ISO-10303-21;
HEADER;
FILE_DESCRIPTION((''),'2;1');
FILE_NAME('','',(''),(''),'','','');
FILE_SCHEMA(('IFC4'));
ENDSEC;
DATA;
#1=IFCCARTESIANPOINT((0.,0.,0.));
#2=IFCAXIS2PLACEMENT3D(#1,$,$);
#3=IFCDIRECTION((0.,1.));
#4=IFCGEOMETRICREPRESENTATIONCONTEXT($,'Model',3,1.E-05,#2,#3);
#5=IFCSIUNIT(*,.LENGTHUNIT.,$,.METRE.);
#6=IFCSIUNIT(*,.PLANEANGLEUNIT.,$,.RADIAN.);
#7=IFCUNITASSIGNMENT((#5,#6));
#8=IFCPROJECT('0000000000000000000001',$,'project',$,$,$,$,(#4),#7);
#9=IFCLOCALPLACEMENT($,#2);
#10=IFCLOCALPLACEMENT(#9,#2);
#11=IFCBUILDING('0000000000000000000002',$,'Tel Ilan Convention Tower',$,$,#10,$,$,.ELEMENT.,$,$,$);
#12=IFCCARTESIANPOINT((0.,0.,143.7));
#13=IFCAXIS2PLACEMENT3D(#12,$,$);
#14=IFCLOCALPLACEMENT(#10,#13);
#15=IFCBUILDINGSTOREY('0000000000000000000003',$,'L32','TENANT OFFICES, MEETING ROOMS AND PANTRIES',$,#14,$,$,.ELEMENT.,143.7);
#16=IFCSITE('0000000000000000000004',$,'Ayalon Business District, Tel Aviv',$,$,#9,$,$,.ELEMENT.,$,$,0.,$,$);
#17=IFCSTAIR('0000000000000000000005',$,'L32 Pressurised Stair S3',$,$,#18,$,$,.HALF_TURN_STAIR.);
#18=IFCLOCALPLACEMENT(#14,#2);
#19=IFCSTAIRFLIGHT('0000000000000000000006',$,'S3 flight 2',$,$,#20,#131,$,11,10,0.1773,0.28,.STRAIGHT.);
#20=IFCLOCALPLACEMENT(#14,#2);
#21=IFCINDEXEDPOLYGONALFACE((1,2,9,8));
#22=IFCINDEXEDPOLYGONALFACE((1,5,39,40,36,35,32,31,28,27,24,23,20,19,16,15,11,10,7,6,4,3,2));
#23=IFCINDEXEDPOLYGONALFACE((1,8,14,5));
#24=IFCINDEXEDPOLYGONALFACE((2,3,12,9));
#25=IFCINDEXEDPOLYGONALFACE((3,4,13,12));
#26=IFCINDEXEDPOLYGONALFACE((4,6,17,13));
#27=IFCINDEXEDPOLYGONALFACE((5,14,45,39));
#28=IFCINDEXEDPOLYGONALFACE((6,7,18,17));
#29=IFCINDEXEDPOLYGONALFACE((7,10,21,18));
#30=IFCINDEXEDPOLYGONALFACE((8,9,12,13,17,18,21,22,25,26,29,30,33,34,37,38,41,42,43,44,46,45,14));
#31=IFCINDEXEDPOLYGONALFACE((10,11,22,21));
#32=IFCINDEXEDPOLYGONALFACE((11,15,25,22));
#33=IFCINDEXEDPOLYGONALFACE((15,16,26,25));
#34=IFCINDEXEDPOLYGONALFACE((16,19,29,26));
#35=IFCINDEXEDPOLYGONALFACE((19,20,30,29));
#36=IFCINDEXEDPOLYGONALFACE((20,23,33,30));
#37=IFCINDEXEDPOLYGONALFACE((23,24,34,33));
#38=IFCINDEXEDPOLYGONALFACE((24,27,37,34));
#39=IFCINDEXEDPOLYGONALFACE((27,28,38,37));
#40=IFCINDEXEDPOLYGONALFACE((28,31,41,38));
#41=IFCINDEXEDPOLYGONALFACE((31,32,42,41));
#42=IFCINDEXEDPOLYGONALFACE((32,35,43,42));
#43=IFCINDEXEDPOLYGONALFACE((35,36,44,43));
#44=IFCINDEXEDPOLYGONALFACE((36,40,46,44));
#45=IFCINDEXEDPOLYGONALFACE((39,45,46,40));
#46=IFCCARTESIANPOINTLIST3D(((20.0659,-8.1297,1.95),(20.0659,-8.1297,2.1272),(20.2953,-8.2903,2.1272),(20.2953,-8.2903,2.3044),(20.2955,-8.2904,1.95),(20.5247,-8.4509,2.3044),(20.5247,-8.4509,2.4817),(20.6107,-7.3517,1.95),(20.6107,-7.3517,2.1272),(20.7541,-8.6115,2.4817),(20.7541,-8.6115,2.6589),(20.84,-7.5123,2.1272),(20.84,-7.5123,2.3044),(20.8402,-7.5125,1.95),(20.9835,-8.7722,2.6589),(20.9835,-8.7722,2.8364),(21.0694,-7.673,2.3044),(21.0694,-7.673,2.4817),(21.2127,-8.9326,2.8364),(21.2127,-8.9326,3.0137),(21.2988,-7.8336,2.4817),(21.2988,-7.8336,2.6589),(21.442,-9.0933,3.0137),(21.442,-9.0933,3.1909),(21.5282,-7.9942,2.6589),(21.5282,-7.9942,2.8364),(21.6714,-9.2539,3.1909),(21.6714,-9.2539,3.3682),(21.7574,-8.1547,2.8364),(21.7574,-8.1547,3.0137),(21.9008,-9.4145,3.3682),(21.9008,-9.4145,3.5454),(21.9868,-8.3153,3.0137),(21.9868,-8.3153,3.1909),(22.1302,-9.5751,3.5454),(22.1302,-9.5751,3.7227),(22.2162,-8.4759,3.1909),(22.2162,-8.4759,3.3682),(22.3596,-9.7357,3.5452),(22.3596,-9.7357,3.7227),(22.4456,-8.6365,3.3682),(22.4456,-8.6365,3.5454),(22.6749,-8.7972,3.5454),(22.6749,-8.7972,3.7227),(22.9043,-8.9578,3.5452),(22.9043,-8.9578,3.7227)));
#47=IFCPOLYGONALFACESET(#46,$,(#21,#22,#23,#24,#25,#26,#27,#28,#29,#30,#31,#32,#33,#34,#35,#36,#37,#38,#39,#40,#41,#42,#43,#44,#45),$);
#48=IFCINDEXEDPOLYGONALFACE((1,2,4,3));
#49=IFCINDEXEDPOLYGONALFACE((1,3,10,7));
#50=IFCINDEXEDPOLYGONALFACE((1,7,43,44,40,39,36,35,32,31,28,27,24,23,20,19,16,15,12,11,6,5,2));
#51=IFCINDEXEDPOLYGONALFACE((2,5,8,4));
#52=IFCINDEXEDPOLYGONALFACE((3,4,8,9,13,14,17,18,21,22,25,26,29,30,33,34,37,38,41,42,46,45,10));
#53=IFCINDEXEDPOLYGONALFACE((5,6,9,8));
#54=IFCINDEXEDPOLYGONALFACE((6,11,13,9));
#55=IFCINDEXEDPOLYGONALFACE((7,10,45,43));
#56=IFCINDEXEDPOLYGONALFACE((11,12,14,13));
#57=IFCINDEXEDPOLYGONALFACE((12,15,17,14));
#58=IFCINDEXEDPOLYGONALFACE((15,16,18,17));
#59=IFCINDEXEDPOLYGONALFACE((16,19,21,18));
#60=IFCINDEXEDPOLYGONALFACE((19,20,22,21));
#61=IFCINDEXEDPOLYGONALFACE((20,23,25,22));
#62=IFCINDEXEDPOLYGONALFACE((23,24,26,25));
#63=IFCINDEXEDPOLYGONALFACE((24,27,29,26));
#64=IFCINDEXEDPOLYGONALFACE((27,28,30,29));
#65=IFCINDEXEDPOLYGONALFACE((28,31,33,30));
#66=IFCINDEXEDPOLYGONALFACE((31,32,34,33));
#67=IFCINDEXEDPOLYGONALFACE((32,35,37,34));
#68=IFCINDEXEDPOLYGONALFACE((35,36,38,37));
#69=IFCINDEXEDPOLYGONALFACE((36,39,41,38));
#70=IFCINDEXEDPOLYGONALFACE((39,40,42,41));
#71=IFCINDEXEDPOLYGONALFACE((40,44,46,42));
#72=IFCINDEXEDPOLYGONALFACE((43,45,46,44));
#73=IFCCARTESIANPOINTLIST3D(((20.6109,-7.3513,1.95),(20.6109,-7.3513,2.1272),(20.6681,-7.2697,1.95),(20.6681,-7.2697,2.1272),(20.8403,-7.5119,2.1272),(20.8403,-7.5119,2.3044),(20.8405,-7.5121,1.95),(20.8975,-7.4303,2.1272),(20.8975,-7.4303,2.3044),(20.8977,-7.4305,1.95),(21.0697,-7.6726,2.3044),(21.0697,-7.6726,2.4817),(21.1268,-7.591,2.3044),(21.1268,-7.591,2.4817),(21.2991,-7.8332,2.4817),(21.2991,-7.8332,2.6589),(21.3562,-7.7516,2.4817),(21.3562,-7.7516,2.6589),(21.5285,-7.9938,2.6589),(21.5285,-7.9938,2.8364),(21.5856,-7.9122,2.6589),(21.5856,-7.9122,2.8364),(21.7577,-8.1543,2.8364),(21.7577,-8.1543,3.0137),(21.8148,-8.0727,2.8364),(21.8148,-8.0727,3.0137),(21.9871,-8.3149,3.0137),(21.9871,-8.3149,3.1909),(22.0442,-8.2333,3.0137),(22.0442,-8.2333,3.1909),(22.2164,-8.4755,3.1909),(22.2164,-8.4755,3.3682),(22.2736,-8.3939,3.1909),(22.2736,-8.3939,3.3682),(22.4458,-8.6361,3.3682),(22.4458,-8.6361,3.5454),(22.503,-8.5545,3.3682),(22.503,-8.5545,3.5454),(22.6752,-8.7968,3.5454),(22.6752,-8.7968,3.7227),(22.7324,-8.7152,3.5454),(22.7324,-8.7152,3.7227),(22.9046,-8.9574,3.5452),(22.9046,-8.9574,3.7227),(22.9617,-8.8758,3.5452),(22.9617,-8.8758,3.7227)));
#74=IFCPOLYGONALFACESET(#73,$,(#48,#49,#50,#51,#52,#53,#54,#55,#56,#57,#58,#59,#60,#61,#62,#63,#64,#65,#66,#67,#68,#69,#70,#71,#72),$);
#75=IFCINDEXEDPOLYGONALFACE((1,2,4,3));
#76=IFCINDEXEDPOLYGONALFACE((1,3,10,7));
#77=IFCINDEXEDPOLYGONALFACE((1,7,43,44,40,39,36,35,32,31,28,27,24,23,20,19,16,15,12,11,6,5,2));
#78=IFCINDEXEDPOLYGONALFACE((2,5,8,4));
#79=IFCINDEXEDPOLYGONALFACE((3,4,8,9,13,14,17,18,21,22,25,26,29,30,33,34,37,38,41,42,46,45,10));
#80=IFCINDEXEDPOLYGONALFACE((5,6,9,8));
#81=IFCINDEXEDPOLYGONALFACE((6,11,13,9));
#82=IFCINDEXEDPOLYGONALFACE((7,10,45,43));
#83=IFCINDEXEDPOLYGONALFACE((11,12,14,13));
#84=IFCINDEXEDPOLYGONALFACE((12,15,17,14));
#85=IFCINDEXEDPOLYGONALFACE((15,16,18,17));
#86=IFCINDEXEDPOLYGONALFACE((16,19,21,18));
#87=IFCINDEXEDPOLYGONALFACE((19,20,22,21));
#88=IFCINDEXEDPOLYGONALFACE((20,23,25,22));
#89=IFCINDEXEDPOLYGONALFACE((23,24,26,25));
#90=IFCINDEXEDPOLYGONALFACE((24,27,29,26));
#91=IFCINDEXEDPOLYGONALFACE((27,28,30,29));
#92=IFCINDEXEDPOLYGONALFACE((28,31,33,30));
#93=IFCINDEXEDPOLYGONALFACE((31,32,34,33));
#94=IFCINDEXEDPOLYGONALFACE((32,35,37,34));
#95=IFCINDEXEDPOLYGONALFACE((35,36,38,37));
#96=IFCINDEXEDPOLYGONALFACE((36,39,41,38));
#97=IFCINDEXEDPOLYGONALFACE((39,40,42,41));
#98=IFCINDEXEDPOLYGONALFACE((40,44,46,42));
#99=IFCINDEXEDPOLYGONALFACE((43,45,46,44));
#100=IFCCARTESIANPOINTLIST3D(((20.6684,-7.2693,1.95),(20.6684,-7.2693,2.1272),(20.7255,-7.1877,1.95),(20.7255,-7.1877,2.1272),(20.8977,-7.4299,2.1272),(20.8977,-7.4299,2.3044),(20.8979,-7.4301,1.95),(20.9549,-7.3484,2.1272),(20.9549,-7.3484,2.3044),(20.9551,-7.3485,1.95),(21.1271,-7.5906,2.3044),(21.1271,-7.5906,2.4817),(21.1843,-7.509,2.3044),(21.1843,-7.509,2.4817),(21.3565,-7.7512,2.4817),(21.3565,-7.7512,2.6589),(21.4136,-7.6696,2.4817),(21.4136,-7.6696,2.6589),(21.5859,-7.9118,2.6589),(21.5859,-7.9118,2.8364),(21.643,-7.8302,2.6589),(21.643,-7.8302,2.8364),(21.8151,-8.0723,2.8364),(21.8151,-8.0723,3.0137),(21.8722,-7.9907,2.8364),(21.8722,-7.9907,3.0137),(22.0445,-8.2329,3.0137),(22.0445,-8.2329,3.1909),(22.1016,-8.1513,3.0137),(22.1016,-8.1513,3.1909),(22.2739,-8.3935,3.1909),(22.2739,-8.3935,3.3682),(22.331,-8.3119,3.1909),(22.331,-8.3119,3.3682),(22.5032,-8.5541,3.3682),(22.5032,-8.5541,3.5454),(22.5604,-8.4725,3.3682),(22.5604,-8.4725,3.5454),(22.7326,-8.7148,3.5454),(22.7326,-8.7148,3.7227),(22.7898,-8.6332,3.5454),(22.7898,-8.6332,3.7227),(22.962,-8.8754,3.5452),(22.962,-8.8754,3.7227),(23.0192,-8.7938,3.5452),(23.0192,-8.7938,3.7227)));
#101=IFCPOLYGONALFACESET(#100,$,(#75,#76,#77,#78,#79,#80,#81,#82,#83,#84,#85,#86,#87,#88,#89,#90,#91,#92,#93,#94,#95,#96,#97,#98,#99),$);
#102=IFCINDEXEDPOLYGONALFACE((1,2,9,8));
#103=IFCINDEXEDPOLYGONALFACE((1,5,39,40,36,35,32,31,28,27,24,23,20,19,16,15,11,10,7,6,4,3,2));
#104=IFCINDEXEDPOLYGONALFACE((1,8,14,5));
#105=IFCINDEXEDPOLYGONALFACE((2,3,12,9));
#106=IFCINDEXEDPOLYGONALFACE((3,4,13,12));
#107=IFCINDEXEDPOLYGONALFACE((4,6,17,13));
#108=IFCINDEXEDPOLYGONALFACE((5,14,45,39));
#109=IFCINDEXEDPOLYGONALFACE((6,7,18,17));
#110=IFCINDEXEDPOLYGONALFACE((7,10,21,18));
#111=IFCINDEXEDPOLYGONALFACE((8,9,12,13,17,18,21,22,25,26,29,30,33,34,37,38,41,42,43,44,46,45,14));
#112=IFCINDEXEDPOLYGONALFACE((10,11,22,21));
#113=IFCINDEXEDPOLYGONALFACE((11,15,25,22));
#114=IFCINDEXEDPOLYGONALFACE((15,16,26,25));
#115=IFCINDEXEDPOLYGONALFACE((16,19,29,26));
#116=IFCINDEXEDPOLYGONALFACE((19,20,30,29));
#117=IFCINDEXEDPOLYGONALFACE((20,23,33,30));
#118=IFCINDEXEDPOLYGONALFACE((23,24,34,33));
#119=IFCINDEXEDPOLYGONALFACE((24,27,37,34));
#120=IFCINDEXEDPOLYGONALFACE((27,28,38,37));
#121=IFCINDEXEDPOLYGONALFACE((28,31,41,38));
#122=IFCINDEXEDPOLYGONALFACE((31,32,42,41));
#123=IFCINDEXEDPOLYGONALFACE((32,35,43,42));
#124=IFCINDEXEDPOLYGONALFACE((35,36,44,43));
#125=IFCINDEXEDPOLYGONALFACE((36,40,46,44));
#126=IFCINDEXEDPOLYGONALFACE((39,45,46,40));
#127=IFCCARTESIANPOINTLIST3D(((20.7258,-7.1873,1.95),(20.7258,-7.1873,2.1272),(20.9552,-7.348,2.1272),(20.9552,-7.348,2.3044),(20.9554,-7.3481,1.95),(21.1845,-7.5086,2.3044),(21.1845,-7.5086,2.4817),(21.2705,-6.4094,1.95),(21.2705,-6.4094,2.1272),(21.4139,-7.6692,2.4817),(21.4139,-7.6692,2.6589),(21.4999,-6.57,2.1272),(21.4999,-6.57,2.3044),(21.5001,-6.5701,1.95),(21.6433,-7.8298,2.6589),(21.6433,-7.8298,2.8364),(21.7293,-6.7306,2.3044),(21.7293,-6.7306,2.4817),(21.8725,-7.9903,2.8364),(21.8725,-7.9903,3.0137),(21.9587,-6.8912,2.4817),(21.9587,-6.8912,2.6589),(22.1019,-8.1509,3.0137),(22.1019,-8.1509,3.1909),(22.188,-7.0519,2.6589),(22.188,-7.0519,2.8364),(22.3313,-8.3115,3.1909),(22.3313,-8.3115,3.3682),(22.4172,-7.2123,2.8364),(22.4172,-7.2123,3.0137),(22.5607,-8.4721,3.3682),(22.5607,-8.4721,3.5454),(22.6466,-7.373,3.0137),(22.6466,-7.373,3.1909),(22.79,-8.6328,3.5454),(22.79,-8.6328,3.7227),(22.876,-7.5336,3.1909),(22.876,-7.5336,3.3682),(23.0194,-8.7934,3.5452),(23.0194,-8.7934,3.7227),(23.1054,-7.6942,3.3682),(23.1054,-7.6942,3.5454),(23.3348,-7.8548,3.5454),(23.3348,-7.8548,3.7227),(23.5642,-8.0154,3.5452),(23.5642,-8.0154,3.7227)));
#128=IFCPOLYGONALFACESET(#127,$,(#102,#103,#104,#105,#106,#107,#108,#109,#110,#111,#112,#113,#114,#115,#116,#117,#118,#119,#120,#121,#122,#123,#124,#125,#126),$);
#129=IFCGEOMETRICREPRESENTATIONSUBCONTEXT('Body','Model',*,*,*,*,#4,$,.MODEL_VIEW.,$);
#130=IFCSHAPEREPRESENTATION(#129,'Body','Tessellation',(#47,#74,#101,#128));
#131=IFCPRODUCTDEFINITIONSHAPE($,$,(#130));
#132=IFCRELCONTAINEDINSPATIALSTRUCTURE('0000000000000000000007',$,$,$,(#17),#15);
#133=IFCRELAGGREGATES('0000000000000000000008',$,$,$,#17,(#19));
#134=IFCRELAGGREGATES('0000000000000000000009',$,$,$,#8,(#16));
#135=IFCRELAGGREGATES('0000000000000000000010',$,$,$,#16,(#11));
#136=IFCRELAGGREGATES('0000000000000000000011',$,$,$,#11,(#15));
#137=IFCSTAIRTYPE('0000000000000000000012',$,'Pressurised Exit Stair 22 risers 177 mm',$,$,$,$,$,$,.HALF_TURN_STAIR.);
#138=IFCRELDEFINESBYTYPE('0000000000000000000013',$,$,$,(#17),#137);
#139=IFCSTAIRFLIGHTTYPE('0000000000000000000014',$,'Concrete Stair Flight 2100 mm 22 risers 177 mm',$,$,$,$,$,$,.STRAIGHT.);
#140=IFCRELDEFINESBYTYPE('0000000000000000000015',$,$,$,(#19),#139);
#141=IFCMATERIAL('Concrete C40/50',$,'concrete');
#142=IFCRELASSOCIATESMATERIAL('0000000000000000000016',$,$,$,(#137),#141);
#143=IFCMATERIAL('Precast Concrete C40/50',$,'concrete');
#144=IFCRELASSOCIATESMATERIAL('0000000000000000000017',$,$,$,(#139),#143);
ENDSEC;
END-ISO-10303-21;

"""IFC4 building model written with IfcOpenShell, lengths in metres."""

from ifc_helpers import new_model, si_unit, direction, frame, origin, place, context, subcontext, project, spatial, polyline, outline, extrude, material, type_object, element, aggregate, save


model = new_model("IFC4")

# Units and contexts
model_context = context("Model", 3, precision=1e-05, world=origin(), true_north=direction((0.0, 1.0)))
body_context = subcontext(model_context, "Body", "Model", "MODEL_VIEW")
ifc_project = project(units=[si_unit("LENGTHUNIT", "METRE"), si_unit("PLANEANGLEUNIT", "RADIAN")], contexts=[model_context])

# Site, building, storey
site_placement = place(None, origin())
site = spatial("IfcSite", under=ifc_project, at=site_placement, Name="Ayalon Business District, Tel Aviv", CompositionType="ELEMENT", RefElevation=0.0)
building_placement = place(site_placement, origin())
building = spatial("IfcBuilding", under=site, at=building_placement, Name="Tel Ilan Convention Tower", CompositionType="ELEMENT")
storey_placement = place(building_placement, frame((0.0, 0.0, 143.7)))
storey = spatial("IfcBuildingStorey", under=building, at=storey_placement, Name="L32", Description="TENANT OFFICES, MEETING ROOMS AND PANTRIES", CompositionType="ELEMENT", Elevation=143.7)

# Stair, stair flight
ifc_material_1 = material(Name="Concrete C40/50", Category="concrete")
stair_type = type_object("IfcStairType", Name="Pressurised Exit Stair 22 risers 177 mm", PredefinedType="HALF_TURN_STAIR", material=ifc_material_1)
stair_1_placement = place(storey_placement, origin())
stair_1 = element("IfcStair", 1, at=stair_1_placement, inside=storey, type_object=stair_type, Name="L32 Pressurised Stair S3", PredefinedType="HALF_TURN_STAIR")
ifc_material_2 = material(Name="Precast Concrete C40/50", Category="concrete")
stair_flight_type = type_object("IfcStairFlightType", Name="Concrete Stair Flight 2100 mm 22 risers 177 mm", PredefinedType="STRAIGHT", material=ifc_material_2)
stair_flight_1_placement = place(storey_placement, frame((20.6682, -7.2695, 1.95), z_axis=(0.0, 0.0, 1.0), x_axis=(0.819152, -0.573576, 0.0)))
stair_flight_1 = element("IfcStairFlight", 2, at=stair_flight_1_placement, type_object=stair_flight_type, Name="S3 flight 2", NumberOfRisers=11, NumberOfTreads=10, PredefinedType="STRAIGHT", RiserHeight=0.1773, TreadLength=0.28, context=body_context, shape_type="SweptSolid", body=[
    extrude(outline(polyline([(0.0, 0.0), (0.0, 0.1772), (0.28, 0.1772), (0.28, 0.3545), (0.5601, 0.3545), (0.5601, 0.5317), (0.8401, 0.5317), (0.8401, 0.709), (1.1201, 0.709), (1.1201, 0.8865), (1.3999, 0.8865), (1.3999, 1.0637), (1.6799, 1.0637), (1.6799, 1.241), (1.96, 1.241), (1.96, 1.4182), (2.24, 1.4182), (2.24, 1.5955), (2.52, 1.5955), (2.52, 1.7727), (2.8, 1.7727), (2.8, 1.95), (2.8, 1.5952), (0.2803, 0.0), (0.0, 0.0)])), frame((0.0, -0.1003, 0.0), z_axis=(0.0, -1.0, 0.0), x_axis=(1.0, 0.0, 0.0)), (0.0, 0.0, 1.0), 0.9497),
    extrude(outline(polyline([(0.0, 0.0), (0.0, 0.1772), (0.28, 0.1772), (0.28, 0.3545), (0.5601, 0.3545), (0.5601, 0.5317), (0.8401, 0.5317), (0.8401, 0.709), (1.1201, 0.709), (1.1201, 0.8865), (1.3999, 0.8865), (1.3999, 1.0637), (1.6799, 1.0637), (1.6799, 1.241), (1.96, 1.241), (1.96, 1.4182), (2.24, 1.4182), (2.24, 1.5955), (2.52, 1.5955), (2.52, 1.7727), (2.8, 1.7727), (2.8, 1.95), (2.8, 1.5952), (0.2803, 0.0), (0.0, 0.0)])), frame((0.0, -0.0002, 0.0), z_axis=(0.0, -1.0, 0.0), x_axis=(1.0, 0.0, 0.0)), (0.0, 0.0, 1.0), 0.0996),
    extrude(outline(polyline([(0.0, 0.0), (0.0, 0.1772), (0.28, 0.1772), (0.28, 0.3545), (0.5601, 0.3545), (0.5601, 0.5317), (0.8401, 0.5317), (0.8401, 0.709), (1.1201, 0.709), (1.1201, 0.8865), (1.3999, 0.8865), (1.3999, 1.0637), (1.6799, 1.0637), (1.6799, 1.241), (1.96, 1.241), (1.96, 1.4182), (2.24, 1.4182), (2.24, 1.5955), (2.52, 1.5955), (2.52, 1.7727), (2.8, 1.7727), (2.8, 1.95), (2.8, 1.5952), (0.2803, 0.0), (0.0, 0.0)])), frame((0.0, 0.0999, 0.0), z_axis=(0.0, -1.0, 0.0), x_axis=(1.0, 0.0, 0.0)), (0.0, 0.0, 1.0), 0.0996),
    extrude(outline(polyline([(0.0, 0.0), (0.0, 0.1772), (0.28, 0.1772), (0.28, 0.3545), (0.5601, 0.3545), (0.5601, 0.5317), (0.8401, 0.5317), (0.8401, 0.709), (1.1201, 0.709), (1.1201, 0.8865), (1.3999, 0.8865), (1.3999, 1.0637), (1.6799, 1.0637), (1.6799, 1.241), (1.96, 1.241), (1.96, 1.4182), (2.24, 1.4182), (2.24, 1.5955), (2.52, 1.5955), (2.52, 1.7727), (2.8, 1.7727), (2.8, 1.95), (2.8, 1.5952), (0.2803, 0.0), (0.0, 0.0)])), frame((0.0, 1.05, 0.0), z_axis=(0.0, -1.0, 0.0), x_axis=(1.0, 0.0, 0.0)), (0.0, 0.0, 1.0), 0.9497),
])
aggregate(stair_1, [stair_flight_1])

save(model, "model.ifc")
